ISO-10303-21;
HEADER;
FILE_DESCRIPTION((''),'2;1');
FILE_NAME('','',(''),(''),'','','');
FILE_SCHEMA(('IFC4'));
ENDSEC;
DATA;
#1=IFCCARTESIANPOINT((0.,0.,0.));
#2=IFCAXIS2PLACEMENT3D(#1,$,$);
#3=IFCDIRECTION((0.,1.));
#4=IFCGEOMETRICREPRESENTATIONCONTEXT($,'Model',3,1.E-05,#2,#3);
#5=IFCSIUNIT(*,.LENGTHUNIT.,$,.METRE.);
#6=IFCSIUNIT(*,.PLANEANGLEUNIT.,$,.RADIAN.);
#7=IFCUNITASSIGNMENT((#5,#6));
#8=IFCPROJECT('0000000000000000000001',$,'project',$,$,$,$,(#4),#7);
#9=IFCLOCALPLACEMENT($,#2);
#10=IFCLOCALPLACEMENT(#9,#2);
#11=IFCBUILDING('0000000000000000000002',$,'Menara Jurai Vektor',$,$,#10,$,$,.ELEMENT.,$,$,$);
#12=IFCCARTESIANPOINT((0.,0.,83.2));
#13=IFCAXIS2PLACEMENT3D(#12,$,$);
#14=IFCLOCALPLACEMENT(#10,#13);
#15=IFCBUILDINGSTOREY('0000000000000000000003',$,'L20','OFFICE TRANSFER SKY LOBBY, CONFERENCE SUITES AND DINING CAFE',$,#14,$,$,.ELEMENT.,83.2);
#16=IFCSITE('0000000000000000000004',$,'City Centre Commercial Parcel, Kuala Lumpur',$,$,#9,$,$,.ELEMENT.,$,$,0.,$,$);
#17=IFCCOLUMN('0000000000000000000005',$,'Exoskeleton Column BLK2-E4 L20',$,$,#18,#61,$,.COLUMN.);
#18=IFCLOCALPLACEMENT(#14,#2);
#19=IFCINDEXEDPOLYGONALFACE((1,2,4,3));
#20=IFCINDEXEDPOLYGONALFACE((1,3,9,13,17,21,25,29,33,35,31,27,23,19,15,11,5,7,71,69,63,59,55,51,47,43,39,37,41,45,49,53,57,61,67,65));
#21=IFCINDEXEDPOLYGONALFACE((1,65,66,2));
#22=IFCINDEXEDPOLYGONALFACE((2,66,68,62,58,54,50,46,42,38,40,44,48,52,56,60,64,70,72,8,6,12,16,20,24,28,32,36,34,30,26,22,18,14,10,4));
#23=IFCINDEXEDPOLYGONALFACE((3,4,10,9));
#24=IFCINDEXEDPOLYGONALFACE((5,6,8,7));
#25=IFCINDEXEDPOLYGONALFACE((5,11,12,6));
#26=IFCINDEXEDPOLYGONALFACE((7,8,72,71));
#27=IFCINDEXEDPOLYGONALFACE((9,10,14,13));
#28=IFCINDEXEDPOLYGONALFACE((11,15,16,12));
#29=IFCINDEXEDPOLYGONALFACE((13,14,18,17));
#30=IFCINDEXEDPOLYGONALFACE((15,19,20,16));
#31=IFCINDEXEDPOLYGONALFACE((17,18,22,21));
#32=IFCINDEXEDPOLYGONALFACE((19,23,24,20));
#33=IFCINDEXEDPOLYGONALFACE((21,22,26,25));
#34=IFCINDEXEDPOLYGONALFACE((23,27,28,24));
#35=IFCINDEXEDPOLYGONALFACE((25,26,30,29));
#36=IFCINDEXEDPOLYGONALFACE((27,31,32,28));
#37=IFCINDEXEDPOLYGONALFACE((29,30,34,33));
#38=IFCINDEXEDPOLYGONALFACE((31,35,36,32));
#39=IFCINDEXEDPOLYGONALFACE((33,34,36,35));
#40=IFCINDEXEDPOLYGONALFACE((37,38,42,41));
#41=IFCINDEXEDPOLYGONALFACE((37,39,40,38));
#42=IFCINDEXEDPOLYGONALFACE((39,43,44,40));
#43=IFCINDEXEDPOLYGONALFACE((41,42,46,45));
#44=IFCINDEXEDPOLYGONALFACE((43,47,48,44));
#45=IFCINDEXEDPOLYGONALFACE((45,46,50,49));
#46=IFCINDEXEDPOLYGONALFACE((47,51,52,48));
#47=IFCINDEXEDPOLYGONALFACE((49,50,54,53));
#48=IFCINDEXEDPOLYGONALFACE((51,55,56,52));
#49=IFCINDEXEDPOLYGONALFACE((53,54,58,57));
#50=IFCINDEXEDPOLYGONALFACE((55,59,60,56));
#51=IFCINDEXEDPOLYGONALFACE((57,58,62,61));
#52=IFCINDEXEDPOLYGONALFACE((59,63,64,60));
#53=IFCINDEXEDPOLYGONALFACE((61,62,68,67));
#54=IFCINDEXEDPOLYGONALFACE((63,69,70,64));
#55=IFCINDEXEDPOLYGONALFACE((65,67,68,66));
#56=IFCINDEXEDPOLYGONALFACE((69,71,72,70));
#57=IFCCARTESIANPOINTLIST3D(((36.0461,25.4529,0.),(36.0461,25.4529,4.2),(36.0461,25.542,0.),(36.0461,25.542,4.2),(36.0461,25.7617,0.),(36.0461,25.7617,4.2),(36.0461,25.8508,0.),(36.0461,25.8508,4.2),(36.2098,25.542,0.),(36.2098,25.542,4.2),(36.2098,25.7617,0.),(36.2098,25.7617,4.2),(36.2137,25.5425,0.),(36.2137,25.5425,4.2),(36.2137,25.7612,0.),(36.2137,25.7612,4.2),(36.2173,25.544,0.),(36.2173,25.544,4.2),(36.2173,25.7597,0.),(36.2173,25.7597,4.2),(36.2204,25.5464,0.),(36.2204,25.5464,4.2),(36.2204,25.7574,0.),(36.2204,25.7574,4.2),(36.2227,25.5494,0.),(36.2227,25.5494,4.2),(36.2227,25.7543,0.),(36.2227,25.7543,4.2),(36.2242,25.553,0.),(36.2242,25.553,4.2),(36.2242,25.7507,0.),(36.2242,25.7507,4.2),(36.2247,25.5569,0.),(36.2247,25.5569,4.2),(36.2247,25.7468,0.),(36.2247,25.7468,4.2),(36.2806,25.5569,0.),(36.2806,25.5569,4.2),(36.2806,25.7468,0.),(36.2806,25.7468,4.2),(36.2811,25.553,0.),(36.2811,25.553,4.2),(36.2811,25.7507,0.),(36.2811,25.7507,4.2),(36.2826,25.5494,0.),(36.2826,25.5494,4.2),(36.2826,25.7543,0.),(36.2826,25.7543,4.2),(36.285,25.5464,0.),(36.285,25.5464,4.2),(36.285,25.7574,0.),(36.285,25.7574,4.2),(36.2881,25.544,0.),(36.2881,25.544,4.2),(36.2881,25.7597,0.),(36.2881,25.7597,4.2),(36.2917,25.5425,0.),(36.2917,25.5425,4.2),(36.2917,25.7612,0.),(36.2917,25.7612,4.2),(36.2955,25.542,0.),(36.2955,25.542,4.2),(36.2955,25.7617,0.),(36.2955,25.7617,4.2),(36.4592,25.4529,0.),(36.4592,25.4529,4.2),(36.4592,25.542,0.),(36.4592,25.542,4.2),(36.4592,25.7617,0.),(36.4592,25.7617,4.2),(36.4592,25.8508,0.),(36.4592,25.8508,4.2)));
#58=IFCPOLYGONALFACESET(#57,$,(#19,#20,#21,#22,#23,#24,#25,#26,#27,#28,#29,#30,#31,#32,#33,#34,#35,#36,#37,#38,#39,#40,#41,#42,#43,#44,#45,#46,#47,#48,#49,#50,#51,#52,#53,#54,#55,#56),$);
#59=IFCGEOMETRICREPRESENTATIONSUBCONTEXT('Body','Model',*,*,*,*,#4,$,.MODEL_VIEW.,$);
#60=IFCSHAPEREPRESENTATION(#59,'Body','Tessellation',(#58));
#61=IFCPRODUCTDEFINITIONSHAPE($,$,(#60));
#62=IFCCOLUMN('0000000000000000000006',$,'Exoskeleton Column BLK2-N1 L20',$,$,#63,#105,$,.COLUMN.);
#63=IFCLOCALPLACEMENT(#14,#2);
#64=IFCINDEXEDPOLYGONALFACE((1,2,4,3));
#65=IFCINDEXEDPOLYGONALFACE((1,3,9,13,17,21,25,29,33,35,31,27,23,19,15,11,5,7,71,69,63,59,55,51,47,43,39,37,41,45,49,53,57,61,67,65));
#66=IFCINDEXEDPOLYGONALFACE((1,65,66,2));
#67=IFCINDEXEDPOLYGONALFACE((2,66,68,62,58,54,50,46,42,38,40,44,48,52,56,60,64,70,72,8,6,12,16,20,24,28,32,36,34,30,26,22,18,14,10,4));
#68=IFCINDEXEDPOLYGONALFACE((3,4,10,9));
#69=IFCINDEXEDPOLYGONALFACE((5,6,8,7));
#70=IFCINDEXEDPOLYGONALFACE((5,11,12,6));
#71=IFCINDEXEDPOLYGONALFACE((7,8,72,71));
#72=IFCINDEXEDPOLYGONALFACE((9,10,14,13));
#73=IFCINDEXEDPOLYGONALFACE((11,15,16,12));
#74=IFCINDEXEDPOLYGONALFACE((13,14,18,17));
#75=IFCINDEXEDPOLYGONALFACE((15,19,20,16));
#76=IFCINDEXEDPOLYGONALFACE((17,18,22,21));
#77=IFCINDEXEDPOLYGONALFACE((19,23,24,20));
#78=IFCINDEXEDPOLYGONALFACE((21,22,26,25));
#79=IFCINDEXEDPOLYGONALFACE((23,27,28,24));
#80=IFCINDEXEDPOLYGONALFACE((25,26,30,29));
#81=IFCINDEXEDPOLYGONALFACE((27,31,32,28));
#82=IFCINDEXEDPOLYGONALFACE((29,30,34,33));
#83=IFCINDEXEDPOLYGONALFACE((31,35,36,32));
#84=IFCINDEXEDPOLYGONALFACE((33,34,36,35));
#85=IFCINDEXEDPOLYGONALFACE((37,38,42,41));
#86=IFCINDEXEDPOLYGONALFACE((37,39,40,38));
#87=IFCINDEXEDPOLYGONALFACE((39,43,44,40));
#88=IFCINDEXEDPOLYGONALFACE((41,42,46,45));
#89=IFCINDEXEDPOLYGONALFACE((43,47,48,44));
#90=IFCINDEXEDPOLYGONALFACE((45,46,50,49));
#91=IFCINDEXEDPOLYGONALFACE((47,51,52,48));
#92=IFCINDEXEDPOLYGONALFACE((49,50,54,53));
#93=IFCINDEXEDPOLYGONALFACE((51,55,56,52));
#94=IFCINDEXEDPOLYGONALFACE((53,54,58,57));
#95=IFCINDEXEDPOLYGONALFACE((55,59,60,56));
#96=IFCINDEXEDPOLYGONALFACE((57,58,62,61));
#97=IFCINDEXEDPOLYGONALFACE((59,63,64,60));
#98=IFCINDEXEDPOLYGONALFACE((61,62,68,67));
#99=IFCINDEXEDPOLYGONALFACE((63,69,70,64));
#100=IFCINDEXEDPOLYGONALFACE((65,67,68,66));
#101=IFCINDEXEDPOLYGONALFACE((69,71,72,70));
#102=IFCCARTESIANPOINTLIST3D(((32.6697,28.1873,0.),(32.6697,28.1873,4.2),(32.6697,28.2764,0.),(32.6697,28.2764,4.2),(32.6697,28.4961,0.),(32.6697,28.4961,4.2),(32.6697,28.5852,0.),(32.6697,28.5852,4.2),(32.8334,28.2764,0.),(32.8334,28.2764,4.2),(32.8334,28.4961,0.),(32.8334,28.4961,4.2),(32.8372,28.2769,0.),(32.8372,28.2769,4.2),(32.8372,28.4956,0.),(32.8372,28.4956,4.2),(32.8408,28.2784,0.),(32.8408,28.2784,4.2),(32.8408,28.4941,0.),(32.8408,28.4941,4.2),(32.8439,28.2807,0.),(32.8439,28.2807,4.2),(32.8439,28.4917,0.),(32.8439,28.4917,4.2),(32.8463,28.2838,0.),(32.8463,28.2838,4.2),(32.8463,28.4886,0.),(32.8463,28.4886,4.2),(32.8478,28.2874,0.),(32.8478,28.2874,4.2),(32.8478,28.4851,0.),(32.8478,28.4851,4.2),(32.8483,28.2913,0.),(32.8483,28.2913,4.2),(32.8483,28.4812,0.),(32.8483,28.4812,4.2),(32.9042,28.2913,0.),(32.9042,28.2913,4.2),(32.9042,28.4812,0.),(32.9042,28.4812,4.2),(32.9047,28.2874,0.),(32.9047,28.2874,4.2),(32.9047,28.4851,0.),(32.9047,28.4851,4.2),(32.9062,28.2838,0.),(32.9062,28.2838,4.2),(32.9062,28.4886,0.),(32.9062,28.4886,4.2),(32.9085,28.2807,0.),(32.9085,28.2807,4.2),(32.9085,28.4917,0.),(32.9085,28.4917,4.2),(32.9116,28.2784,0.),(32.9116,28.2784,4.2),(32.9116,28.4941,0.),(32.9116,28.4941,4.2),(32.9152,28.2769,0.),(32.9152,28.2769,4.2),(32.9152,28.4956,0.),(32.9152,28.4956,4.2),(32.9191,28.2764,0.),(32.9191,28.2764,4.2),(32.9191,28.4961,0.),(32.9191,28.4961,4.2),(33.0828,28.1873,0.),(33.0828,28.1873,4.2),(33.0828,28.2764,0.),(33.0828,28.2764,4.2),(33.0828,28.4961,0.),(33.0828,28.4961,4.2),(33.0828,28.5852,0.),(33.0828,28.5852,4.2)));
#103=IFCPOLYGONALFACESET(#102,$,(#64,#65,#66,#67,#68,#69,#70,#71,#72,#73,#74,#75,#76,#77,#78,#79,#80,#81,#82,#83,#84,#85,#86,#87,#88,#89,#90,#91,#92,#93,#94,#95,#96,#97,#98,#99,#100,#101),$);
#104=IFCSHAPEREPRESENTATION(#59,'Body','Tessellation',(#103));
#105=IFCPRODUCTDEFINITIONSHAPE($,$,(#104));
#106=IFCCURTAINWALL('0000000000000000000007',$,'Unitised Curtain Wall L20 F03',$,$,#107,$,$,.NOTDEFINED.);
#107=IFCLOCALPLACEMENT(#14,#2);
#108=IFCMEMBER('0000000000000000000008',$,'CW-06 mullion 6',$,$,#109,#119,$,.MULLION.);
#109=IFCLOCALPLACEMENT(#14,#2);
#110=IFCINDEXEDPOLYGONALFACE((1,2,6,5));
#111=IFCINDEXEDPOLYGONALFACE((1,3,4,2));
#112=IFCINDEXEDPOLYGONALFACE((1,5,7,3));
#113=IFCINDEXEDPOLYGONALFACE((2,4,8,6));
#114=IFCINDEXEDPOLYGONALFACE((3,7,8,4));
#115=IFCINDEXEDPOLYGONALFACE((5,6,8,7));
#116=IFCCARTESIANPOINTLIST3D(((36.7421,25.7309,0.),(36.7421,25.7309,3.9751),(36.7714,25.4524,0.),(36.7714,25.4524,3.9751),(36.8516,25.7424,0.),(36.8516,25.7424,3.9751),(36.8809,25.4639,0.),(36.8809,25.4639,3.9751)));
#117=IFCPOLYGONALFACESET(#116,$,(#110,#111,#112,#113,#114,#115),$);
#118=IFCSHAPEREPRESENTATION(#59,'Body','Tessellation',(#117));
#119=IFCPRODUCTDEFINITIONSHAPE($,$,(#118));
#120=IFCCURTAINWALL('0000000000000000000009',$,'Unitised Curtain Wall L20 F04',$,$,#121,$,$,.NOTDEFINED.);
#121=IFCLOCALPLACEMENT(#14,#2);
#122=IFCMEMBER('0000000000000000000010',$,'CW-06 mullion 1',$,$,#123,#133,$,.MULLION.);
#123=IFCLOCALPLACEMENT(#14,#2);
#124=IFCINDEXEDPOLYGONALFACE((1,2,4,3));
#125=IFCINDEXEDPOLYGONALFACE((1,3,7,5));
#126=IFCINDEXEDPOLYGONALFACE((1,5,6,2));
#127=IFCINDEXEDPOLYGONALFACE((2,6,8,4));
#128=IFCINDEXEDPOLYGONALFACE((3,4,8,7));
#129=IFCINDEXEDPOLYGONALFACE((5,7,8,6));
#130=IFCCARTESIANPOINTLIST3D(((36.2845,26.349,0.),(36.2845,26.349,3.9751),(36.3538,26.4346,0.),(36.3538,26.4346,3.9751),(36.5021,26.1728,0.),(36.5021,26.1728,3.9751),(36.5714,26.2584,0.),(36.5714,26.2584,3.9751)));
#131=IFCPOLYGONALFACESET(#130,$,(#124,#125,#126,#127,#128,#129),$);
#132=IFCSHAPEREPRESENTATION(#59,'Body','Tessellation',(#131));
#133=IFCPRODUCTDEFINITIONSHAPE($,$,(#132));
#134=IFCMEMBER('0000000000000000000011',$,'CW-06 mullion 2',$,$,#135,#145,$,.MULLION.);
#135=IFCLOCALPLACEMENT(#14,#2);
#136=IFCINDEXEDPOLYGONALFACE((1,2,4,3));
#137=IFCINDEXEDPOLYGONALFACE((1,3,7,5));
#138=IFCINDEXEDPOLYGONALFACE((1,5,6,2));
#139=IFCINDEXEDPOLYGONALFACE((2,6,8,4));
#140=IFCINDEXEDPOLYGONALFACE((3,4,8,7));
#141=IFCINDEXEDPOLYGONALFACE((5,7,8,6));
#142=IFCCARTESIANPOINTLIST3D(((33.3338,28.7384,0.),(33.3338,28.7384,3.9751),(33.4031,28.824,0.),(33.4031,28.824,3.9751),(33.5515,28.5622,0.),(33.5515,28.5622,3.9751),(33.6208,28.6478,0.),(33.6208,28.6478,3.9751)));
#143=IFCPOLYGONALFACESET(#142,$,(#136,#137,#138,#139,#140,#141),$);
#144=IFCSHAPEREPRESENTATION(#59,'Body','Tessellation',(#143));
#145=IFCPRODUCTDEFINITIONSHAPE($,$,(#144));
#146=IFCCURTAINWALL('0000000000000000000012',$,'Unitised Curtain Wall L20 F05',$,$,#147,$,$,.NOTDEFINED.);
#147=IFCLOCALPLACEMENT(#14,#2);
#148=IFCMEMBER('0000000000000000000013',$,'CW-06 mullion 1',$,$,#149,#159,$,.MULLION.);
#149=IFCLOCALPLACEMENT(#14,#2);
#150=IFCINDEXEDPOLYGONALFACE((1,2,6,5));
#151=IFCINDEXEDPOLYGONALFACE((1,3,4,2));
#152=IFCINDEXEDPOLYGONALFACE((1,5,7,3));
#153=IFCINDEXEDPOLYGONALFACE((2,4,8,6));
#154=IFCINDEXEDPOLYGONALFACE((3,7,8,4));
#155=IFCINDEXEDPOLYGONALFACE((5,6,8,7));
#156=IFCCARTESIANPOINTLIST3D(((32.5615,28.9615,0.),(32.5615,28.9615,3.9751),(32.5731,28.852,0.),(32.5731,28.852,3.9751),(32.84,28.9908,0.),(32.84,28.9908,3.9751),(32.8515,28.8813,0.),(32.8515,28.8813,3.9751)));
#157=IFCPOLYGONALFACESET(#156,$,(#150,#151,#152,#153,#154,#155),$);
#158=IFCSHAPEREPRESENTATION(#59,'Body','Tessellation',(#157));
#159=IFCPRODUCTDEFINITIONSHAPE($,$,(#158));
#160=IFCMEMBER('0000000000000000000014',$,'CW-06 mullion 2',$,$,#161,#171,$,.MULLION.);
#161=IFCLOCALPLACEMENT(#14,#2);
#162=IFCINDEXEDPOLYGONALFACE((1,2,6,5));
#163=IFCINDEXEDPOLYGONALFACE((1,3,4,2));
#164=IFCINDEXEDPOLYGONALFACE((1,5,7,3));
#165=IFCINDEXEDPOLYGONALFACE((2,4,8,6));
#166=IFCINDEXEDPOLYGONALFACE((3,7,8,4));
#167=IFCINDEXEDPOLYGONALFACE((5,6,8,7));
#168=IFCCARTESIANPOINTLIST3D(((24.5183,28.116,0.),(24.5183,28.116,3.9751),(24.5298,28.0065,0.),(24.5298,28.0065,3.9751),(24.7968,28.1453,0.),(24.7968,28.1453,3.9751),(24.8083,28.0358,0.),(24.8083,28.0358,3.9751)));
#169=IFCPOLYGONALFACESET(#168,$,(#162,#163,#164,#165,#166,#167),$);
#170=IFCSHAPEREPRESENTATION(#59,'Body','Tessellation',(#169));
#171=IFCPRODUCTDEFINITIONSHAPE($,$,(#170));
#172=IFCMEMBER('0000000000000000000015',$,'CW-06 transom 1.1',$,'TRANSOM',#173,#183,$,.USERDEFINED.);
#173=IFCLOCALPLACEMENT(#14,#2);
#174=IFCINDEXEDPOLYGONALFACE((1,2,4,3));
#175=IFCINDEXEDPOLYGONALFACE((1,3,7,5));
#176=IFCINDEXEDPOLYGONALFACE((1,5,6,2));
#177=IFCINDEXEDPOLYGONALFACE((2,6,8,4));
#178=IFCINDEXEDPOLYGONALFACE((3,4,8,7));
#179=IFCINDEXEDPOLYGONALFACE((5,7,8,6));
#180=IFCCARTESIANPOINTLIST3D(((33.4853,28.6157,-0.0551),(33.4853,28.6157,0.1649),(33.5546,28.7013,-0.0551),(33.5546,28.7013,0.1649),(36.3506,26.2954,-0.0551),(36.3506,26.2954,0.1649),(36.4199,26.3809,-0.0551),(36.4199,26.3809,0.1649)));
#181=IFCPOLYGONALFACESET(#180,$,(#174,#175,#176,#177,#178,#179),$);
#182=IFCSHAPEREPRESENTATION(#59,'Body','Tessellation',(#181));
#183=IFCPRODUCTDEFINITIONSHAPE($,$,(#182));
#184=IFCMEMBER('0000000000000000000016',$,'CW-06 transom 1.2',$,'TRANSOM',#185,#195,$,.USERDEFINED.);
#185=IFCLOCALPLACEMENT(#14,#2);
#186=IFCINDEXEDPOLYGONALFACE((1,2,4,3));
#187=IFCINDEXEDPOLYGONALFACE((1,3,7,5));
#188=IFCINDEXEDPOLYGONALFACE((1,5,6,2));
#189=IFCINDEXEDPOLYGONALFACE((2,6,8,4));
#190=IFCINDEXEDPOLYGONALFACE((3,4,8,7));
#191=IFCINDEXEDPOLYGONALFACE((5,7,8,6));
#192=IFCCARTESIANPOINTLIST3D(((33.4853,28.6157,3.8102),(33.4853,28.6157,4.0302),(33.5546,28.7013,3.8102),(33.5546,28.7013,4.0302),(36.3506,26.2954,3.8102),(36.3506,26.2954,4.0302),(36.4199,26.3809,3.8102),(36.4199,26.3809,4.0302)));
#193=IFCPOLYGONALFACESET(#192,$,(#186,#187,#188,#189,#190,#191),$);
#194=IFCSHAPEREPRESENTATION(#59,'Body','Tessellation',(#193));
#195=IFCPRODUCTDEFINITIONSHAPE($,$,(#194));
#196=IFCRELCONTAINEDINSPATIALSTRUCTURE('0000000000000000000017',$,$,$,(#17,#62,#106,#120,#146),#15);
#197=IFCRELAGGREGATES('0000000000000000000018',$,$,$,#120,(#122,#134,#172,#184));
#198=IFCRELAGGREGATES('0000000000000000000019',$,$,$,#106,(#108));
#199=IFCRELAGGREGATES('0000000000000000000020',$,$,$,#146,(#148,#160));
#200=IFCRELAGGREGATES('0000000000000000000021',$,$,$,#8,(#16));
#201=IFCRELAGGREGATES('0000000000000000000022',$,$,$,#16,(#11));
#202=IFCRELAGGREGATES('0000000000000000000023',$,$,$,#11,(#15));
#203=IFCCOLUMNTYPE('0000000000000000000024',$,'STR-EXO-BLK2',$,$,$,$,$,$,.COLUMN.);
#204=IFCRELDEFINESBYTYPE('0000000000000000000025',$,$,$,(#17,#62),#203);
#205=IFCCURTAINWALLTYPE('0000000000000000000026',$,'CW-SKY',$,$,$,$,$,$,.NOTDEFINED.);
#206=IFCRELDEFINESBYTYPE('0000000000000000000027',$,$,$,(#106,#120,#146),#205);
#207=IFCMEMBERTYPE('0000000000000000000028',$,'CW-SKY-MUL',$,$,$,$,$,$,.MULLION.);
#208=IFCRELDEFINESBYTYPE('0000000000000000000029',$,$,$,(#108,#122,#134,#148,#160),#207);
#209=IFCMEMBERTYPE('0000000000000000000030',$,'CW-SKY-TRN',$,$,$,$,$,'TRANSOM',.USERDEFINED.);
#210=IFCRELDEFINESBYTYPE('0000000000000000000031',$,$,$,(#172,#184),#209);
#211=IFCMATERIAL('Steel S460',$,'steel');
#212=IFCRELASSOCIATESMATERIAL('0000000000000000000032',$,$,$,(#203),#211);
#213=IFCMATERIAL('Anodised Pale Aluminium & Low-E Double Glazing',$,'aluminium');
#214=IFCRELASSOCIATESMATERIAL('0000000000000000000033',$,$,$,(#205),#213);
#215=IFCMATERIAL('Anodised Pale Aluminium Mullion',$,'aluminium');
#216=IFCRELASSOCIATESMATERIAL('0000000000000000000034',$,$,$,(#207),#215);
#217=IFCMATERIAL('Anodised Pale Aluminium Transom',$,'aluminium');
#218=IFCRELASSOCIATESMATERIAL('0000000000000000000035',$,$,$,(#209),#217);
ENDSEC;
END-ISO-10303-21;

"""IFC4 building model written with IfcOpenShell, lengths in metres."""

from ifc_helpers import new_model, si_unit, direction, frame, origin, origin_2d, place, context, subcontext, project, spatial, rectangle, i_section, extrude, material, material_profile, profile_set, type_object, element, aggregate, save


model = new_model("IFC4")

# Units and contexts
model_context = context("Model", 3, precision=1e-05, world=origin(), true_north=direction((0.0, 1.0)))
body_context = subcontext(model_context, "Body", "Model", "MODEL_VIEW")
ifc_project = project(units=[si_unit("LENGTHUNIT", "METRE"), si_unit("PLANEANGLEUNIT", "RADIAN")], contexts=[model_context])

# Site, building, storey
site_placement = place(None, origin())
site = spatial("IfcSite", under=ifc_project, at=site_placement, Name="City Centre Commercial Parcel, Kuala Lumpur", CompositionType="ELEMENT", RefElevation=0.0)
building_placement = place(site_placement, origin())
building = spatial("IfcBuilding", under=site, at=building_placement, Name="Menara Jurai Vektor", CompositionType="ELEMENT")
storey_placement = place(building_placement, frame((0.0, 0.0, 83.2)))
storey = spatial("IfcBuildingStorey", under=building, at=storey_placement, Name="L20", Description="OFFICE TRANSFER SKY LOBBY, CONFERENCE SUITES AND DINING CAFE", CompositionType="ELEMENT", Elevation=83.2)

# Columns
ifc_material_1 = material(Name="Steel S460", Category="steel")
ifc_material_profile_1 = material_profile(ifc_material_1, i_section(OverallWidth=0.4131, OverallDepth=0.3979, WebThickness=0.0559, FlangeThickness=0.0891, FilletRadius=0.0149, at=origin_2d()), Name="HD 400x744")
ifc_profile_set_1 = profile_set([ifc_material_profile_1], Name="Steel S460")
column_type = type_object("IfcColumnType", Name="STR-EXO-BLK2", PredefinedType="COLUMN", material=ifc_profile_set_1)
for number, where, z_axis, x_axis, name in (
    (1, (36.2527, 25.6519, 0.0), (0.0, 0.0, 1.0), (1.0, 0.0, 0.0), "Exoskeleton Column BLK2-E4 L20"),
    (2, (32.8762, 28.3862, 0.0), (0.0, 0.0, 1.0), (1.0, 0.0, 0.0), "Exoskeleton Column BLK2-N1 L20"),
):
    element("IfcColumn", number, at=place(storey_placement, frame(where, z_axis=z_axis, x_axis=x_axis)), inside=storey, type_object=column_type, Name=name, PredefinedType="COLUMN", context=body_context, shape_type="SweptSolid", body=[
        extrude(i_section(OverallWidth=0.4131, OverallDepth=0.3979, WebThickness=0.0559, FlangeThickness=0.0891, FilletRadius=0.0149, at=origin_2d()), origin(), (0.0, 0.0, 1.0), 4.2),
    ])

# Curtain wall, member
ifc_material_2 = material(Name="Anodised Pale Aluminium & Low-E Double Glazing", Category="aluminium")
curtain_wall_type = type_object("IfcCurtainWallType", Name="CW-SKY", PredefinedType="NOTDEFINED", material=ifc_material_2)
curtain_wall_1_placement = place(storey_placement, origin())
curtain_wall_1 = element("IfcCurtainWall", 3, at=curtain_wall_1_placement, inside=storey, type_object=curtain_wall_type, Name="Unitised Curtain Wall L20 F03", PredefinedType="NOTDEFINED")
ifc_material_3 = material(Name="Anodised Pale Aluminium Mullion", Category="aluminium")
ifc_material_profile_2 = material_profile(ifc_material_3, rectangle(XDim=0.1101, YDim=0.28, at=origin_2d()), Name="ALU MUL 110x280")
ifc_profile_set_2 = profile_set([ifc_material_profile_2], Name="Anodised Pale Aluminium Mullion")
member_type_1 = type_object("IfcMemberType", Name="CW-SKY-MUL", PredefinedType="MULLION", material=ifc_profile_set_2)
member_1_placement = place(storey_placement, frame((36.8115, 25.5974, 0.0), z_axis=(0.0, 0.0, 1.0), x_axis=(-0.994522, -0.10453, 0.0)))
member_1 = element("IfcMember", 4, at=member_1_placement, type_object=member_type_1, Name="CW-06 mullion 6", PredefinedType="MULLION", context=body_context, shape_type="SweptSolid", body=[
    extrude(rectangle(XDim=0.1101, YDim=0.28, at=origin_2d()), origin(), (0.0, 0.0, 1.0), 3.9751),
])

# Curtain walls, members
curtain_wall_2_placement = place(storey_placement, origin())
curtain_wall_2 = element("IfcCurtainWall", 5, at=curtain_wall_2_placement, inside=storey, type_object=curtain_wall_type, Name="Unitised Curtain Wall L20 F04", PredefinedType="NOTDEFINED")
member_2_placement = place(storey_placement, frame((36.428, 26.3037, 0.0), z_axis=(0.0, 0.0, 1.0), x_axis=(-0.629313, -0.777152, 0.0)))
member_2 = element("IfcMember", 6, at=member_2_placement, type_object=member_type_1, Name="CW-06 mullion 1", PredefinedType="MULLION", context=body_context, shape_type="SweptSolid", body=[
    extrude(rectangle(XDim=0.1101, YDim=0.28, at=origin_2d()), origin(), (0.0, 0.0, 1.0), 3.9751),
])
member_3_placement = place(storey_placement, frame((33.4773, 28.6931, 0.0), z_axis=(0.0, 0.0, 1.0), x_axis=(-0.629313, -0.777152, 0.0)))
member_3 = element("IfcMember", 7, at=member_3_placement, type_object=member_type_1, Name="CW-06 mullion 2", PredefinedType="MULLION", context=body_context, shape_type="SweptSolid", body=[
    extrude(rectangle(XDim=0.1101, YDim=0.28, at=origin_2d()), origin(), (0.0, 0.0, 1.0), 3.9751),
])
curtain_wall_3_placement = place(storey_placement, origin())
curtain_wall_3 = element("IfcCurtainWall", 8, at=curtain_wall_3_placement, inside=storey, type_object=curtain_wall_type, Name="Unitised Curtain Wall L20 F05", PredefinedType="NOTDEFINED")
member_4_placement = place(storey_placement, frame((32.7065, 28.9214, 0.0), z_axis=(0.0, 0.0, 1.0), x_axis=(0.104529, -0.994522, 0.0)))
member_4 = element("IfcMember", 9, at=member_4_placement, type_object=member_type_1, Name="CW-06 mullion 1", PredefinedType="MULLION", context=body_context, shape_type="SweptSolid", body=[
    extrude(rectangle(XDim=0.1101, YDim=0.28, at=origin_2d()), origin(), (0.0, 0.0, 1.0), 3.9751),
])
member_5_placement = place(storey_placement, frame((24.6633, 28.0759, 0.0), z_axis=(0.0, 0.0, 1.0), x_axis=(0.104529, -0.994522, 0.0)))
member_5 = element("IfcMember", 10, at=member_5_placement, type_object=member_type_1, Name="CW-06 mullion 2", PredefinedType="MULLION", context=body_context, shape_type="SweptSolid", body=[
    extrude(rectangle(XDim=0.1101, YDim=0.28, at=origin_2d()), origin(), (0.0, 0.0, 1.0), 3.9751),
])

# Members
ifc_material_4 = material(Name="Anodised Pale Aluminium Transom", Category="aluminium")
ifc_material_profile_3 = material_profile(ifc_material_4, rectangle(XDim=0.1101, YDim=0.22, at=origin_2d()), Name="ALU TRN 110x220")
ifc_profile_set_3 = profile_set([ifc_material_profile_3], Name="Anodised Pale Aluminium Transom")
member_type_2 = type_object("IfcMemberType", Name="CW-SKY-TRN", ElementType="TRANSOM", PredefinedType="USERDEFINED", material=ifc_profile_set_3)
member_6_placement = place(storey_placement, frame((36.3853, 26.3381, 0.0549), z_axis=(-0.777134, 0.629335, 0.0), x_axis=(-0.629335, -0.777134, 0.0)))
member_6 = element("IfcMember", 11, at=member_6_placement, type_object=member_type_2, Name="CW-06 transom 1.1", ObjectType="TRANSOM", PredefinedType="USERDEFINED", context=body_context, shape_type="SweptSolid", body=[
    extrude(rectangle(XDim=0.1101, YDim=0.22, at=origin_2d()), origin(), (0.0, 0.0, 1.0), 3.687),
])
member_7_placement = place(storey_placement, frame((36.3853, 26.3381, 3.9202), z_axis=(-0.777134, 0.629335, 0.0), x_axis=(-0.629335, -0.777134, 0.0)))
member_7 = element("IfcMember", 12, at=member_7_placement, type_object=member_type_2, Name="CW-06 transom 1.2", ObjectType="TRANSOM", PredefinedType="USERDEFINED", context=body_context, shape_type="SweptSolid", body=[
    extrude(rectangle(XDim=0.1101, YDim=0.22, at=origin_2d()), origin(), (0.0, 0.0, 1.0), 3.687),
])

aggregate(curtain_wall_2, [member_2, member_3, member_6, member_7])
aggregate(curtain_wall_1, [member_1])
aggregate(curtain_wall_3, [member_4, member_5])

save(model, "model.ifc")
